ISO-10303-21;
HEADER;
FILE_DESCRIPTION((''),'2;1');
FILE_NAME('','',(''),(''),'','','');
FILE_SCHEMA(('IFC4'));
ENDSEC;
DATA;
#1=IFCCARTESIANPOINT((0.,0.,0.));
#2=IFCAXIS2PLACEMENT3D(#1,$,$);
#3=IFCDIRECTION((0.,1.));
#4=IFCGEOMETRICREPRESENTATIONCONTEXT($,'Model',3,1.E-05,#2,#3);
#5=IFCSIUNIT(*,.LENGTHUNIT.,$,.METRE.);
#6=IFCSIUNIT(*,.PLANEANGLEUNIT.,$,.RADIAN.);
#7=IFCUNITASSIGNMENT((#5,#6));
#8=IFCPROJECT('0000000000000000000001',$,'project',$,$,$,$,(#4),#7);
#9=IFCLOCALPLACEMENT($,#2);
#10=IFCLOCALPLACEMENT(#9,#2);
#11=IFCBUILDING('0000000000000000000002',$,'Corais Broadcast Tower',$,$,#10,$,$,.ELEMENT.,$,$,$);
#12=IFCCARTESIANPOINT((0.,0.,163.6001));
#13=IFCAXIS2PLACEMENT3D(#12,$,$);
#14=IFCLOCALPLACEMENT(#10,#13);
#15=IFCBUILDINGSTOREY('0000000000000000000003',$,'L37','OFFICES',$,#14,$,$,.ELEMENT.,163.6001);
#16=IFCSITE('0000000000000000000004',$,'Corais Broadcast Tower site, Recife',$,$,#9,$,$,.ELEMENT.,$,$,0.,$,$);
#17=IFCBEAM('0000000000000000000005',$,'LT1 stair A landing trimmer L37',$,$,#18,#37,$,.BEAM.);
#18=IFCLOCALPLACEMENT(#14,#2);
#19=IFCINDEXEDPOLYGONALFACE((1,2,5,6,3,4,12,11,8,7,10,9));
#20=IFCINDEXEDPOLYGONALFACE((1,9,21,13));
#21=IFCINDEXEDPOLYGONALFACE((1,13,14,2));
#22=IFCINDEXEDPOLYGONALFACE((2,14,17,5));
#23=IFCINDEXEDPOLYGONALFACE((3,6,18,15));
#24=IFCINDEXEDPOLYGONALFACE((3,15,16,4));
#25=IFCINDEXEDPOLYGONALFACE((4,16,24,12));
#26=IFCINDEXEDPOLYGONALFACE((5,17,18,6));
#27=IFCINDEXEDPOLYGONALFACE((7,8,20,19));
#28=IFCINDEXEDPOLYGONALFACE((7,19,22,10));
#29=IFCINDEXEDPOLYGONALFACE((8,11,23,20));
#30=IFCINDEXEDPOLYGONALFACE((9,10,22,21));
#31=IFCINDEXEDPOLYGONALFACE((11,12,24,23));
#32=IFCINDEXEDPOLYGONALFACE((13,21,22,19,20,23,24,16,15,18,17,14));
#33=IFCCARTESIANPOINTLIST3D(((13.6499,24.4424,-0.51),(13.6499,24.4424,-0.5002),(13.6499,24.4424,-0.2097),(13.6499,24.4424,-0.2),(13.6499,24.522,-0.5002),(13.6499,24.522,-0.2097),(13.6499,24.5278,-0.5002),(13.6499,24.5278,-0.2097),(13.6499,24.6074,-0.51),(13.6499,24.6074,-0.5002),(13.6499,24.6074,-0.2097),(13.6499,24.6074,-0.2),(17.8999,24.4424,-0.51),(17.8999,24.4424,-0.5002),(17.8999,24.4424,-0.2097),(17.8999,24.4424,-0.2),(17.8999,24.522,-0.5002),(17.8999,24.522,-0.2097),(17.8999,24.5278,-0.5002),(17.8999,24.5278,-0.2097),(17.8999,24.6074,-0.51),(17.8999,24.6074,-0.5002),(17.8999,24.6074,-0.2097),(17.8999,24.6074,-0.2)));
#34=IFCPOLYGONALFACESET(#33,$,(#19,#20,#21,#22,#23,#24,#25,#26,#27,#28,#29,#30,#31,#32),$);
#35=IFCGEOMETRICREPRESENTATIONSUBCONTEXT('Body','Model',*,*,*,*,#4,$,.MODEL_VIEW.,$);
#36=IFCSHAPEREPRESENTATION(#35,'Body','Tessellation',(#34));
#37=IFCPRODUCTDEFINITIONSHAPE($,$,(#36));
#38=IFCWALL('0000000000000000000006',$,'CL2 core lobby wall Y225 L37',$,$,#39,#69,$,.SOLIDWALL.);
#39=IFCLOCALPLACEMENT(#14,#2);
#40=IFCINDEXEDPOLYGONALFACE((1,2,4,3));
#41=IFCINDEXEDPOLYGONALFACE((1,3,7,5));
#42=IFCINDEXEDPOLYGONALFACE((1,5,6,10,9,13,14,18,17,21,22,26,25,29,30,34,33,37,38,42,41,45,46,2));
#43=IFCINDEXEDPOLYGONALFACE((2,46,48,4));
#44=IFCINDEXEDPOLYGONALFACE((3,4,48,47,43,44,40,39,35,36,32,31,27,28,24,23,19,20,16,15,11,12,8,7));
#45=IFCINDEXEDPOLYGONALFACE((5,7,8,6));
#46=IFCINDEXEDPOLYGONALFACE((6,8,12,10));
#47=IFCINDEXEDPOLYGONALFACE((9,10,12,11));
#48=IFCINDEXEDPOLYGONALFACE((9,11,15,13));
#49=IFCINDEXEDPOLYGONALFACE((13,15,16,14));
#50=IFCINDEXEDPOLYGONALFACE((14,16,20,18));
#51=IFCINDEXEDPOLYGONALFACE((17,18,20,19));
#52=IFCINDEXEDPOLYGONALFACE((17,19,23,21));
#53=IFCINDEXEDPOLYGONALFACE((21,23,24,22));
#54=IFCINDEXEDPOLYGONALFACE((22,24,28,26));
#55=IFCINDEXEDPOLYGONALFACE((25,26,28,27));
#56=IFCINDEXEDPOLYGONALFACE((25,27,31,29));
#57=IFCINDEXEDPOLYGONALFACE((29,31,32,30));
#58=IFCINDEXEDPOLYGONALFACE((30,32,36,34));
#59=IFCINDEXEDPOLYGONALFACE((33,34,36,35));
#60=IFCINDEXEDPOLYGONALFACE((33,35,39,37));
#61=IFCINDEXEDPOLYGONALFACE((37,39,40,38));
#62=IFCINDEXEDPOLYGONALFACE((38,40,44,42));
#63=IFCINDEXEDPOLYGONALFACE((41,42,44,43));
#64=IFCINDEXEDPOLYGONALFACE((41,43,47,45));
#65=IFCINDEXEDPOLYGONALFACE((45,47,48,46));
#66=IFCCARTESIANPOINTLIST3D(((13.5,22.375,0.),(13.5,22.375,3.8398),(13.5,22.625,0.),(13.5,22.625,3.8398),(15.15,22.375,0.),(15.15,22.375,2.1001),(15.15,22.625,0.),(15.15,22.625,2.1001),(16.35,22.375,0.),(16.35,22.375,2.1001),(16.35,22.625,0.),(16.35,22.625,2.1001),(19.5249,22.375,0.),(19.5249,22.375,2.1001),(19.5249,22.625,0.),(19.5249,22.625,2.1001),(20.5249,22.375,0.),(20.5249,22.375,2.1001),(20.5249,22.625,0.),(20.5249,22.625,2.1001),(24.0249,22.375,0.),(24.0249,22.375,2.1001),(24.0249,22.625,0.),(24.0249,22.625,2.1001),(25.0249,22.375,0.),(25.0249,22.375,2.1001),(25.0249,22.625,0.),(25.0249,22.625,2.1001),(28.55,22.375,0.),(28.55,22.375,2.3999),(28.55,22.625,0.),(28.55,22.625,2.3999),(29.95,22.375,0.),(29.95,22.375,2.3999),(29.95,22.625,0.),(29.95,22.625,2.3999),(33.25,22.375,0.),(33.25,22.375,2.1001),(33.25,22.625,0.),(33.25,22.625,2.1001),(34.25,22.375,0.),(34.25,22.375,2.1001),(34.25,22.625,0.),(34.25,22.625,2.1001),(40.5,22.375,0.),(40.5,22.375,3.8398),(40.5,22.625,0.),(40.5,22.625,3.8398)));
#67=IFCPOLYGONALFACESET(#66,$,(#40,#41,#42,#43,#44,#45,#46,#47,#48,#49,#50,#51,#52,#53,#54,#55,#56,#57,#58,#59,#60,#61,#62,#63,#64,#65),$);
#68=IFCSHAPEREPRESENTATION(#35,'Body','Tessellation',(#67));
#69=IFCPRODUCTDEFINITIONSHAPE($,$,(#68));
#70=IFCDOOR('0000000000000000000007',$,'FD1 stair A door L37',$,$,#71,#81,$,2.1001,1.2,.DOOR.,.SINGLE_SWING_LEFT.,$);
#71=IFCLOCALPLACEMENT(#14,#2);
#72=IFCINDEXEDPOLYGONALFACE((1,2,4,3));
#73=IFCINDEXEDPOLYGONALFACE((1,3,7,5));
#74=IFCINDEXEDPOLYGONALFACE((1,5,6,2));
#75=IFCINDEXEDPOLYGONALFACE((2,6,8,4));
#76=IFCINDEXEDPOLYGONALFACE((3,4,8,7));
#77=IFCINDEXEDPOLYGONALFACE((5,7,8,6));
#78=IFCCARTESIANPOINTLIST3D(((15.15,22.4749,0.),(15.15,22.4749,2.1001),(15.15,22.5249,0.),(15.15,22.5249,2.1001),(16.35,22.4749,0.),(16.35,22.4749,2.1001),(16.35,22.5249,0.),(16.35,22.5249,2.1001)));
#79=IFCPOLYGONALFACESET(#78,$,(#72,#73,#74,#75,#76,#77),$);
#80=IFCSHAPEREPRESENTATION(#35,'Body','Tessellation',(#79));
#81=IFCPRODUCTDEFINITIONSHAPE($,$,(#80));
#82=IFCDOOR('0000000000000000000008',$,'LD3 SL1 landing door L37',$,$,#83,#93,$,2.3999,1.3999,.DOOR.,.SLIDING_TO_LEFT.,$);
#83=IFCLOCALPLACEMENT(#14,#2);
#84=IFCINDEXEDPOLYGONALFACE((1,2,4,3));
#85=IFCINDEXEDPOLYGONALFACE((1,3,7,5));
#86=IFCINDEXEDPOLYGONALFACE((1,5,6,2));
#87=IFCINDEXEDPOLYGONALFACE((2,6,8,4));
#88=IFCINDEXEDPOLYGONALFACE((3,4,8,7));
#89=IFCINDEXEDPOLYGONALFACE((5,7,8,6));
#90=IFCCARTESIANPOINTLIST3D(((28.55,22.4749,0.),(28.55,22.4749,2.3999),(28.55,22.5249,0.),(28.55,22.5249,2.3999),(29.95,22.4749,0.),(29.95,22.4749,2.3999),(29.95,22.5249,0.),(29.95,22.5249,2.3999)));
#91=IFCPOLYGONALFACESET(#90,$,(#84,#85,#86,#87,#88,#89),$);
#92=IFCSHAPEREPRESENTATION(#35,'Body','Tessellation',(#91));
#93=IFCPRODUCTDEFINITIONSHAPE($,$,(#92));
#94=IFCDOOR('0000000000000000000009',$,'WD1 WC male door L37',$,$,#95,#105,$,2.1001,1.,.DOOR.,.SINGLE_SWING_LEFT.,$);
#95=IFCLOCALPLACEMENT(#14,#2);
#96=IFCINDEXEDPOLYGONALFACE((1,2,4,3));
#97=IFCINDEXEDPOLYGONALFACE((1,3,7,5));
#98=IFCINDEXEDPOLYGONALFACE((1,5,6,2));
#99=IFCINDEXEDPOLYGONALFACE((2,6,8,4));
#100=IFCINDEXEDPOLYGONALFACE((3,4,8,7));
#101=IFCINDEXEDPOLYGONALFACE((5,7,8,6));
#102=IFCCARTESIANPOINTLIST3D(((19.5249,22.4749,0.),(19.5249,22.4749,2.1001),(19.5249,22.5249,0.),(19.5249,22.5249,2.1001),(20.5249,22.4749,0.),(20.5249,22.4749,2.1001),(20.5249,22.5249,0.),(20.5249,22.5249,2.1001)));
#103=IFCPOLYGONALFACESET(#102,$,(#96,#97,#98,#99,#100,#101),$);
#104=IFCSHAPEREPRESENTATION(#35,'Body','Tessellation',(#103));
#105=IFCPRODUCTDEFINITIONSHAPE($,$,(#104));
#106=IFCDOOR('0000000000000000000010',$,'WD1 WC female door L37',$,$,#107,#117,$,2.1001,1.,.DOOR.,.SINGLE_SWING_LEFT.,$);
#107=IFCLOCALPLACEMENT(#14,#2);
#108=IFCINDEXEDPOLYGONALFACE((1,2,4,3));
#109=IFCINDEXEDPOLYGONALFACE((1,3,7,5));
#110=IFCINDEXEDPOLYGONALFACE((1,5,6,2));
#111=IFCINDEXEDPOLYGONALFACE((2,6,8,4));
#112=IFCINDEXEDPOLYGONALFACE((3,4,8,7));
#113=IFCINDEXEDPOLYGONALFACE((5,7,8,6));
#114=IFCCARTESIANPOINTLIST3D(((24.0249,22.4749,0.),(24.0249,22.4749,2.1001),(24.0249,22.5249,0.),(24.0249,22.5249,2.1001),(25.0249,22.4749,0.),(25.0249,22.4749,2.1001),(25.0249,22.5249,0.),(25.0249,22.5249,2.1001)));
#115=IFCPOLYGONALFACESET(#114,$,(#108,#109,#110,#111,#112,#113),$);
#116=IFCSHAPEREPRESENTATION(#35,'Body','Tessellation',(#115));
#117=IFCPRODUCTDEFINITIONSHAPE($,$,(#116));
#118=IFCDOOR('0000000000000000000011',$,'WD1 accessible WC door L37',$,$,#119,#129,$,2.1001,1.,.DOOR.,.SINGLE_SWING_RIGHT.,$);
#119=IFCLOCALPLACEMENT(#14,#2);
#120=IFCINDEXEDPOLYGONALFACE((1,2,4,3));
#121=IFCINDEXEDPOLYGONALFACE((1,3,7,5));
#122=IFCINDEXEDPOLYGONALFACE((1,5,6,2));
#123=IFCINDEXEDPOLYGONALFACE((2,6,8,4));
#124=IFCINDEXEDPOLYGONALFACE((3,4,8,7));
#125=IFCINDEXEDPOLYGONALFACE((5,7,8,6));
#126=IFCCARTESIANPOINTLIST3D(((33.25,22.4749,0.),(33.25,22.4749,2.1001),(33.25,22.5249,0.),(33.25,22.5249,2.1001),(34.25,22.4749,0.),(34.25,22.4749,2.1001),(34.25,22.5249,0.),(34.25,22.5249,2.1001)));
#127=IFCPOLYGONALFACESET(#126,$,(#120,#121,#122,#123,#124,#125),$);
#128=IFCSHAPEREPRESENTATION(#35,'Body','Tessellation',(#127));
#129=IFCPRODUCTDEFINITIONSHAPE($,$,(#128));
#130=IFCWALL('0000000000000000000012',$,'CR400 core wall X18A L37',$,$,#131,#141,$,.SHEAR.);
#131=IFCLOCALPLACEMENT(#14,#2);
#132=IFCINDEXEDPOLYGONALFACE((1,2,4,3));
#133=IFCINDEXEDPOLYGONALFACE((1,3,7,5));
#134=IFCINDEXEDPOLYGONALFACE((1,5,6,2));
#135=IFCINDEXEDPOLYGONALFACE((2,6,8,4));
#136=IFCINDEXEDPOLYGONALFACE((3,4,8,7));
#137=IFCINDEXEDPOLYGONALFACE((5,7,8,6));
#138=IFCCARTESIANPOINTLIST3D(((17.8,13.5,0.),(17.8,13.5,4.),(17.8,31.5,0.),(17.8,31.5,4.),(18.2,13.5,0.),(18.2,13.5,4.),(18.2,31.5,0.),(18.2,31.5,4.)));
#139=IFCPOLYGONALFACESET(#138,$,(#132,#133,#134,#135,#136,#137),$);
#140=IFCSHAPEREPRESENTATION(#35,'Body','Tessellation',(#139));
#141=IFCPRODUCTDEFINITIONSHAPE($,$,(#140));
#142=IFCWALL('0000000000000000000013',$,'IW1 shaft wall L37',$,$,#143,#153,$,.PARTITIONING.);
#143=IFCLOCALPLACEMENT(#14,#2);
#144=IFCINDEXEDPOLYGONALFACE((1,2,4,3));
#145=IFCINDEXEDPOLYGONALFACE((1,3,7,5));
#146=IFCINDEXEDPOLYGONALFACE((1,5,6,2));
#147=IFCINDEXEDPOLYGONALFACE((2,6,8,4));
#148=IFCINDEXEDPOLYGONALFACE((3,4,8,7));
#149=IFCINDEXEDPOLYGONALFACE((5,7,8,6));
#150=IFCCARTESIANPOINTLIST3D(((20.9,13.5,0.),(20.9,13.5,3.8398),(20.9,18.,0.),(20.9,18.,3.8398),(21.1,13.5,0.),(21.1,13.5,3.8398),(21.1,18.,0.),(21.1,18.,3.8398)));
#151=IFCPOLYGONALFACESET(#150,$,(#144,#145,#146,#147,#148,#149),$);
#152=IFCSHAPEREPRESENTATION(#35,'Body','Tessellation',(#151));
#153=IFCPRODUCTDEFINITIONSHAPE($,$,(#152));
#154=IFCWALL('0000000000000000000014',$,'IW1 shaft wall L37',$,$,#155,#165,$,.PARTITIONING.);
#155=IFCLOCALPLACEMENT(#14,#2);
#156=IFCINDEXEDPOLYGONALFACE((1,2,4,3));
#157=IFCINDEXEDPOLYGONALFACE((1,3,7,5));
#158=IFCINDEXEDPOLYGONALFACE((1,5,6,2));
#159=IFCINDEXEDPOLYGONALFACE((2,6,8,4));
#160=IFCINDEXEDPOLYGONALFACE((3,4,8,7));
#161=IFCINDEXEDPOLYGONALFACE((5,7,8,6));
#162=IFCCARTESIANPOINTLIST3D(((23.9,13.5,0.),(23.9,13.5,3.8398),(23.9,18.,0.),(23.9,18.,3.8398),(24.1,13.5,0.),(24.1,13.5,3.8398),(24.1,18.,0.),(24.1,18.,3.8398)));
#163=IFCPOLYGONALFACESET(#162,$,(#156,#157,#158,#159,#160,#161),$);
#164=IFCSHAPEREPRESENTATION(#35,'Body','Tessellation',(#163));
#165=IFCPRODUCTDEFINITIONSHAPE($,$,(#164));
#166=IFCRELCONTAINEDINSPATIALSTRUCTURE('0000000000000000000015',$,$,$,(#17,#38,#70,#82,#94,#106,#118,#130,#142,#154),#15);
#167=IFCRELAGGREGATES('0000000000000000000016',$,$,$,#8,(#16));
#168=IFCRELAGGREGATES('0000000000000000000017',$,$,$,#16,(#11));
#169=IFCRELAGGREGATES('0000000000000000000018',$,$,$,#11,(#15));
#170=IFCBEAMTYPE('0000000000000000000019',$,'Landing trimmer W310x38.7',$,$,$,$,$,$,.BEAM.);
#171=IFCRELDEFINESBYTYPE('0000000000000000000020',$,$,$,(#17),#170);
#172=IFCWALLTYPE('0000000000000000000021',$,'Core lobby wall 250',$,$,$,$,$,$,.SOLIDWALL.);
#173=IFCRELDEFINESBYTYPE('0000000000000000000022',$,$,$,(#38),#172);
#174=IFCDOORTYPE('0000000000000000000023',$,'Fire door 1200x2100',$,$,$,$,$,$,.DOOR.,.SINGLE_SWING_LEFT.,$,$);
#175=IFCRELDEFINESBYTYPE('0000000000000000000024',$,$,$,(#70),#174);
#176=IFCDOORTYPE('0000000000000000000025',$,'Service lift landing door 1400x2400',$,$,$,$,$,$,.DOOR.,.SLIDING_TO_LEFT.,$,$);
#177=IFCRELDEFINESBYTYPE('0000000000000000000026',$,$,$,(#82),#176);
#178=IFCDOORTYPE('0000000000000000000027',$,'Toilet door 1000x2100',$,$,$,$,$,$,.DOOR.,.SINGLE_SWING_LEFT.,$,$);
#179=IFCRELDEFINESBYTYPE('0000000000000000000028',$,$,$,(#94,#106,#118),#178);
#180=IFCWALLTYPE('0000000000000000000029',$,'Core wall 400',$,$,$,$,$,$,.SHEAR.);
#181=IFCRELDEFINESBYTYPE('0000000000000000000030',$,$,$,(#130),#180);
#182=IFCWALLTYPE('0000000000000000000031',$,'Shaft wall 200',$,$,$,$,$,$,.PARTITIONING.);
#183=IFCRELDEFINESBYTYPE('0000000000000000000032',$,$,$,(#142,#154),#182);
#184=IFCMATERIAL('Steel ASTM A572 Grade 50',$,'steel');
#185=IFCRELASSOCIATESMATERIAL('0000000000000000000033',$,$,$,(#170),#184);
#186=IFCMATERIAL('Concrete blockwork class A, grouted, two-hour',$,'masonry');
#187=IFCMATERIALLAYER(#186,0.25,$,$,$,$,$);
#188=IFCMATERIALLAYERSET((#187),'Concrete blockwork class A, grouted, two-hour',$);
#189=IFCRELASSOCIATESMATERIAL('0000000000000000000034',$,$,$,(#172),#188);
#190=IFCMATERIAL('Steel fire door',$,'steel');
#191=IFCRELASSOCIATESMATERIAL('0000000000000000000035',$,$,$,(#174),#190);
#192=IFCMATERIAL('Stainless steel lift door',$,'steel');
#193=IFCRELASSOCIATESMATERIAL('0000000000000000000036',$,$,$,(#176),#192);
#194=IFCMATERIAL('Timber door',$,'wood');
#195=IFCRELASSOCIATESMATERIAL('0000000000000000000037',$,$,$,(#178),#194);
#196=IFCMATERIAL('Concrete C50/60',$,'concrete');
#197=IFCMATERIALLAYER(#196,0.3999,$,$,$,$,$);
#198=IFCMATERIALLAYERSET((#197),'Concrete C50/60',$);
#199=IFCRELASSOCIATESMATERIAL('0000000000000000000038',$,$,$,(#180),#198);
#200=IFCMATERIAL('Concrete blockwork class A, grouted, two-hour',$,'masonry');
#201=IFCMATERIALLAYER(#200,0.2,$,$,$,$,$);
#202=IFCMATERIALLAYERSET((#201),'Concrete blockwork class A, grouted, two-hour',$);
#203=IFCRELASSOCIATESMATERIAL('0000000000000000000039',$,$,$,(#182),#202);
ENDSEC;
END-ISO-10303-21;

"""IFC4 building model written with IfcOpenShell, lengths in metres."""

from ifc_helpers import new_model, si_unit, direction, frame, frame_2d, origin, origin_2d, place, context, subcontext, project, spatial, rectangle, i_section, extrude, material, layer, layer_set, material_profile, profile_set, type_object, element, fill, save


model = new_model("IFC4")

# Units and contexts
model_context = context("Model", 3, precision=1e-05, world=origin(), true_north=direction((0.0, 1.0)))
body_context = subcontext(model_context, "Body", "Model", "MODEL_VIEW")
ifc_project = project(units=[si_unit("LENGTHUNIT", "METRE"), si_unit("PLANEANGLEUNIT", "RADIAN")], contexts=[model_context])

# Site, building, storey
site_placement = place(None, origin())
site = spatial("IfcSite", under=ifc_project, at=site_placement, Name="Corais Broadcast Tower site, Recife", CompositionType="ELEMENT", RefElevation=0.0)
building_placement = place(site_placement, origin())
building = spatial("IfcBuilding", under=site, at=building_placement, Name="Corais Broadcast Tower", CompositionType="ELEMENT")
storey_placement = place(building_placement, frame((0.0, 0.0, 163.6001)))
storey = spatial("IfcBuildingStorey", under=building, at=storey_placement, Name="L37", Description="OFFICES", CompositionType="ELEMENT", Elevation=163.6001)

# Beam
ifc_material_1 = material(Name="Steel ASTM A572 Grade 50", Category="steel")
ifc_material_profile = material_profile(ifc_material_1, i_section(OverallWidth=0.165, OverallDepth=0.3101, WebThickness=0.0059, FlangeThickness=0.0098, at=origin_2d()), Name="W310x38.7")
ifc_profile_set = profile_set([ifc_material_profile], Name="Steel ASTM A572 Grade 50")
beam_type = type_object("IfcBeamType", Name="Landing trimmer W310x38.7", PredefinedType="BEAM", material=ifc_profile_set)
beam_placement = place(storey_placement, frame((13.6499, 24.5249, -0.355), z_axis=(1.0, 0.0, 0.0), x_axis=(0.0, 1.0, 0.0)))
element("IfcBeam", 1, at=beam_placement, inside=storey, type_object=beam_type, Name="LT1 stair A landing trimmer L37", PredefinedType="BEAM", context=body_context, shape_type="SweptSolid", body=[
    extrude(i_section(OverallWidth=0.165, OverallDepth=0.3101, WebThickness=0.0059, FlangeThickness=0.0098, at=origin_2d()), origin(), (0.0, 0.0, 1.0), 4.25),
])

# Wall, openings, doors
ifc_material_2 = material(Name="Concrete blockwork class A, grouted, two-hour", Category="masonry")
ifc_layer_1 = layer(ifc_material_2, 0.25)
ifc_layer_set_1 = layer_set([ifc_layer_1], Name="Concrete blockwork class A, grouted, two-hour")
wall_type_1 = type_object("IfcWallType", Name="Core lobby wall 250", PredefinedType="SOLIDWALL", material=ifc_layer_set_1)
wall_1_placement = place(storey_placement, frame((13.5, 22.5, 0.0), z_axis=(0.0, 0.0, 1.0), x_axis=(1.0, 0.0, 0.0)))
wall_1 = element("IfcWall", 2, at=wall_1_placement, inside=storey, type_object=wall_type_1, Name="CL2 core lobby wall Y225 L37", PredefinedType="SOLIDWALL", context=body_context, shape_type="SweptSolid", body=[
    extrude(rectangle(XDim=27.0, YDim=0.25, at=frame_2d((13.5, 0.0))), origin(), (0.0, 0.0, 1.0), 3.8398),
])
opening_1_placement = place(wall_1_placement, frame((1.6499, 0.0, 0.0)))
opening_1 = element("IfcOpeningElement", 3, at=opening_1_placement, cuts=wall_1, PredefinedType="OPENING", context=body_context, shape_type="SweptSolid", body=[
    extrude(rectangle(XDim=1.2, YDim=2.1001, at=frame_2d((0.6001, 1.05))), frame((0.0, 0.135, 0.0), z_axis=(0.0, -1.0, 0.0), x_axis=(1.0, 0.0, 0.0)), (0.0, 0.0, 1.0), 0.27),
])
opening_2_placement = place(wall_1_placement, frame((6.0249, 0.0, 0.0)))
opening_2 = element("IfcOpeningElement", 4, at=opening_2_placement, cuts=wall_1, PredefinedType="OPENING", context=body_context, shape_type="SweptSolid", body=[
    extrude(rectangle(XDim=1.0, YDim=2.1001, at=frame_2d((0.5, 1.05))), frame((0.0, 0.135, 0.0), z_axis=(0.0, -1.0, 0.0), x_axis=(1.0, 0.0, 0.0)), (0.0, 0.0, 1.0), 0.27),
])
opening_3_placement = place(wall_1_placement, frame((10.5249, 0.0, 0.0)))
opening_3 = element("IfcOpeningElement", 5, at=opening_3_placement, cuts=wall_1, PredefinedType="OPENING", context=body_context, shape_type="SweptSolid", body=[
    extrude(rectangle(XDim=1.0, YDim=2.1001, at=frame_2d((0.5, 1.05))), frame((0.0, 0.135, 0.0), z_axis=(0.0, -1.0, 0.0), x_axis=(1.0, 0.0, 0.0)), (0.0, 0.0, 1.0), 0.27),
])
opening_4_placement = place(wall_1_placement, frame((19.75, 0.0, 0.0)))
opening_4 = element("IfcOpeningElement", 6, at=opening_4_placement, cuts=wall_1, PredefinedType="OPENING", context=body_context, shape_type="SweptSolid", body=[
    extrude(rectangle(XDim=1.0, YDim=2.1001, at=frame_2d((0.5, 1.05))), frame((0.0, 0.135, 0.0), z_axis=(0.0, -1.0, 0.0), x_axis=(1.0, 0.0, 0.0)), (0.0, 0.0, 1.0), 0.27),
])
opening_5_placement = place(wall_1_placement, frame((15.05, 0.0, 0.0)))
opening_5 = element("IfcOpeningElement", 7, at=opening_5_placement, cuts=wall_1, PredefinedType="OPENING", context=body_context, shape_type="SweptSolid", body=[
    extrude(rectangle(XDim=1.3999, YDim=2.3999, at=frame_2d((0.7, 1.2))), frame((0.0, 0.135, 0.0), z_axis=(0.0, -1.0, 0.0), x_axis=(1.0, 0.0, 0.0)), (0.0, 0.0, 1.0), 0.27),
])
ifc_material_3 = material(Name="Steel fire door", Category="steel")
door_type_1 = type_object("IfcDoorType", Name="Fire door 1200x2100", OperationType="SINGLE_SWING_LEFT", PredefinedType="DOOR", material=ifc_material_3)
door_1_placement = place(opening_1_placement, origin())
door_1 = element("IfcDoor", 8, at=door_1_placement, inside=storey, type_object=door_type_1, Name="FD1 stair A door L37", OperationType="SINGLE_SWING_LEFT", OverallHeight=2.1001, OverallWidth=1.2, PredefinedType="DOOR", context=body_context, shape_type="SweptSolid", body=[
    extrude(rectangle(XDim=1.2, YDim=2.1001, at=frame_2d((0.6001, 1.05))), frame((0.0, 0.0249, 0.0), z_axis=(0.0, -1.0, 0.0), x_axis=(1.0, 0.0, 0.0)), (0.0, 0.0, 1.0), 0.05),
])
fill(opening_1, door_1)
ifc_material_4 = material(Name="Stainless steel lift door", Category="steel")
door_type_2 = type_object("IfcDoorType", Name="Service lift landing door 1400x2400", OperationType="SLIDING_TO_LEFT", PredefinedType="DOOR", material=ifc_material_4)
door_2_placement = place(opening_5_placement, origin())
door_2 = element("IfcDoor", 9, at=door_2_placement, inside=storey, type_object=door_type_2, Name="LD3 SL1 landing door L37", OperationType="SLIDING_TO_LEFT", OverallHeight=2.3999, OverallWidth=1.3999, PredefinedType="DOOR", context=body_context, shape_type="SweptSolid", body=[
    extrude(rectangle(XDim=1.3999, YDim=2.3999, at=frame_2d((0.7, 1.2))), frame((0.0, 0.0249, 0.0), z_axis=(0.0, -1.0, 0.0), x_axis=(1.0, 0.0, 0.0)), (0.0, 0.0, 1.0), 0.05),
])
fill(opening_5, door_2)
ifc_material_5 = material(Name="Timber door", Category="wood")
door_type_3 = type_object("IfcDoorType", Name="Toilet door 1000x2100", OperationType="SINGLE_SWING_LEFT", PredefinedType="DOOR", material=ifc_material_5)
door_3_placement = place(opening_2_placement, origin())
door_3 = element("IfcDoor", 10, at=door_3_placement, inside=storey, type_object=door_type_3, Name="WD1 WC male door L37", OperationType="SINGLE_SWING_LEFT", OverallHeight=2.1001, OverallWidth=1.0, PredefinedType="DOOR", context=body_context, shape_type="SweptSolid", body=[
    extrude(rectangle(XDim=1.0, YDim=2.1001, at=frame_2d((0.5, 1.05))), frame((0.0, 0.0249, 0.0), z_axis=(0.0, -1.0, 0.0), x_axis=(1.0, 0.0, 0.0)), (0.0, 0.0, 1.0), 0.05),
])
fill(opening_2, door_3)
door_4_placement = place(opening_3_placement, origin())
door_4 = element("IfcDoor", 11, at=door_4_placement, inside=storey, type_object=door_type_3, Name="WD1 WC female door L37", OperationType="SINGLE_SWING_LEFT", OverallHeight=2.1001, OverallWidth=1.0, PredefinedType="DOOR", context=body_context, shape_type="SweptSolid", body=[
    extrude(rectangle(XDim=1.0, YDim=2.1001, at=frame_2d((0.5, 1.05))), frame((0.0, 0.0249, 0.0), z_axis=(0.0, -1.0, 0.0), x_axis=(1.0, 0.0, 0.0)), (0.0, 0.0, 1.0), 0.05),
])
fill(opening_3, door_4)
door_5_placement = place(opening_4_placement, origin())
door_5 = element("IfcDoor", 12, at=door_5_placement, inside=storey, type_object=door_type_3, Name="WD1 accessible WC door L37", OperationType="SINGLE_SWING_RIGHT", OverallHeight=2.1001, OverallWidth=1.0, PredefinedType="DOOR", context=body_context, shape_type="SweptSolid", body=[
    extrude(rectangle(XDim=1.0, YDim=2.1001, at=frame_2d((0.5, 1.05))), frame((0.0, 0.0249, 0.0), z_axis=(0.0, -1.0, 0.0), x_axis=(1.0, 0.0, 0.0)), (0.0, 0.0, 1.0), 0.05),
])
fill(opening_4, door_5)

# Walls
ifc_material_6 = material(Name="Concrete C50/60", Category="concrete")
ifc_layer_2 = layer(ifc_material_6, 0.3999)
ifc_layer_set_2 = layer_set([ifc_layer_2], Name="Concrete C50/60")
wall_type_2 = type_object("IfcWallType", Name="Core wall 400", PredefinedType="SHEAR", material=ifc_layer_set_2)
wall_2_placement = place(storey_placement, frame((18.0, 13.5, 0.0), z_axis=(0.0, 0.0, 1.0), x_axis=(0.0, 1.0, 0.0)))
element("IfcWall", 13, at=wall_2_placement, inside=storey, type_object=wall_type_2, Name="CR400 core wall X18A L37", PredefinedType="SHEAR", context=body_context, shape_type="SweptSolid", body=[
    extrude(rectangle(XDim=18.0, YDim=0.3999, at=frame_2d((9.0, 0.0))), origin(), (0.0, 0.0, 1.0), 4.0),
])
ifc_material_7 = material(Name="Concrete blockwork class A, grouted, two-hour", Category="masonry")
ifc_layer_3 = layer(ifc_material_7, 0.2)
ifc_layer_set_3 = layer_set([ifc_layer_3], Name="Concrete blockwork class A, grouted, two-hour")
wall_type_3 = type_object("IfcWallType", Name="Shaft wall 200", PredefinedType="PARTITIONING", material=ifc_layer_set_3)
for number, where, z_axis, x_axis, name in (
    (14, (21.0, 13.5, 0.0), (0.0, 0.0, 1.0), (0.0, 1.0, 0.0), "IW1 shaft wall L37"),
    (15, (24.0, 13.5, 0.0), (0.0, 0.0, 1.0), (0.0, 1.0, 0.0), "IW1 shaft wall L37"),
):
    element("IfcWall", number, at=place(storey_placement, frame(where, z_axis=z_axis, x_axis=x_axis)), inside=storey, type_object=wall_type_3, Name=name, PredefinedType="PARTITIONING", context=body_context, shape_type="SweptSolid", body=[
        extrude(rectangle(XDim=4.5, YDim=0.2, at=frame_2d((2.25, 0.0))), origin(), (0.0, 0.0, 1.0), 3.8398),
    ])

save(model, "model.ifc")
